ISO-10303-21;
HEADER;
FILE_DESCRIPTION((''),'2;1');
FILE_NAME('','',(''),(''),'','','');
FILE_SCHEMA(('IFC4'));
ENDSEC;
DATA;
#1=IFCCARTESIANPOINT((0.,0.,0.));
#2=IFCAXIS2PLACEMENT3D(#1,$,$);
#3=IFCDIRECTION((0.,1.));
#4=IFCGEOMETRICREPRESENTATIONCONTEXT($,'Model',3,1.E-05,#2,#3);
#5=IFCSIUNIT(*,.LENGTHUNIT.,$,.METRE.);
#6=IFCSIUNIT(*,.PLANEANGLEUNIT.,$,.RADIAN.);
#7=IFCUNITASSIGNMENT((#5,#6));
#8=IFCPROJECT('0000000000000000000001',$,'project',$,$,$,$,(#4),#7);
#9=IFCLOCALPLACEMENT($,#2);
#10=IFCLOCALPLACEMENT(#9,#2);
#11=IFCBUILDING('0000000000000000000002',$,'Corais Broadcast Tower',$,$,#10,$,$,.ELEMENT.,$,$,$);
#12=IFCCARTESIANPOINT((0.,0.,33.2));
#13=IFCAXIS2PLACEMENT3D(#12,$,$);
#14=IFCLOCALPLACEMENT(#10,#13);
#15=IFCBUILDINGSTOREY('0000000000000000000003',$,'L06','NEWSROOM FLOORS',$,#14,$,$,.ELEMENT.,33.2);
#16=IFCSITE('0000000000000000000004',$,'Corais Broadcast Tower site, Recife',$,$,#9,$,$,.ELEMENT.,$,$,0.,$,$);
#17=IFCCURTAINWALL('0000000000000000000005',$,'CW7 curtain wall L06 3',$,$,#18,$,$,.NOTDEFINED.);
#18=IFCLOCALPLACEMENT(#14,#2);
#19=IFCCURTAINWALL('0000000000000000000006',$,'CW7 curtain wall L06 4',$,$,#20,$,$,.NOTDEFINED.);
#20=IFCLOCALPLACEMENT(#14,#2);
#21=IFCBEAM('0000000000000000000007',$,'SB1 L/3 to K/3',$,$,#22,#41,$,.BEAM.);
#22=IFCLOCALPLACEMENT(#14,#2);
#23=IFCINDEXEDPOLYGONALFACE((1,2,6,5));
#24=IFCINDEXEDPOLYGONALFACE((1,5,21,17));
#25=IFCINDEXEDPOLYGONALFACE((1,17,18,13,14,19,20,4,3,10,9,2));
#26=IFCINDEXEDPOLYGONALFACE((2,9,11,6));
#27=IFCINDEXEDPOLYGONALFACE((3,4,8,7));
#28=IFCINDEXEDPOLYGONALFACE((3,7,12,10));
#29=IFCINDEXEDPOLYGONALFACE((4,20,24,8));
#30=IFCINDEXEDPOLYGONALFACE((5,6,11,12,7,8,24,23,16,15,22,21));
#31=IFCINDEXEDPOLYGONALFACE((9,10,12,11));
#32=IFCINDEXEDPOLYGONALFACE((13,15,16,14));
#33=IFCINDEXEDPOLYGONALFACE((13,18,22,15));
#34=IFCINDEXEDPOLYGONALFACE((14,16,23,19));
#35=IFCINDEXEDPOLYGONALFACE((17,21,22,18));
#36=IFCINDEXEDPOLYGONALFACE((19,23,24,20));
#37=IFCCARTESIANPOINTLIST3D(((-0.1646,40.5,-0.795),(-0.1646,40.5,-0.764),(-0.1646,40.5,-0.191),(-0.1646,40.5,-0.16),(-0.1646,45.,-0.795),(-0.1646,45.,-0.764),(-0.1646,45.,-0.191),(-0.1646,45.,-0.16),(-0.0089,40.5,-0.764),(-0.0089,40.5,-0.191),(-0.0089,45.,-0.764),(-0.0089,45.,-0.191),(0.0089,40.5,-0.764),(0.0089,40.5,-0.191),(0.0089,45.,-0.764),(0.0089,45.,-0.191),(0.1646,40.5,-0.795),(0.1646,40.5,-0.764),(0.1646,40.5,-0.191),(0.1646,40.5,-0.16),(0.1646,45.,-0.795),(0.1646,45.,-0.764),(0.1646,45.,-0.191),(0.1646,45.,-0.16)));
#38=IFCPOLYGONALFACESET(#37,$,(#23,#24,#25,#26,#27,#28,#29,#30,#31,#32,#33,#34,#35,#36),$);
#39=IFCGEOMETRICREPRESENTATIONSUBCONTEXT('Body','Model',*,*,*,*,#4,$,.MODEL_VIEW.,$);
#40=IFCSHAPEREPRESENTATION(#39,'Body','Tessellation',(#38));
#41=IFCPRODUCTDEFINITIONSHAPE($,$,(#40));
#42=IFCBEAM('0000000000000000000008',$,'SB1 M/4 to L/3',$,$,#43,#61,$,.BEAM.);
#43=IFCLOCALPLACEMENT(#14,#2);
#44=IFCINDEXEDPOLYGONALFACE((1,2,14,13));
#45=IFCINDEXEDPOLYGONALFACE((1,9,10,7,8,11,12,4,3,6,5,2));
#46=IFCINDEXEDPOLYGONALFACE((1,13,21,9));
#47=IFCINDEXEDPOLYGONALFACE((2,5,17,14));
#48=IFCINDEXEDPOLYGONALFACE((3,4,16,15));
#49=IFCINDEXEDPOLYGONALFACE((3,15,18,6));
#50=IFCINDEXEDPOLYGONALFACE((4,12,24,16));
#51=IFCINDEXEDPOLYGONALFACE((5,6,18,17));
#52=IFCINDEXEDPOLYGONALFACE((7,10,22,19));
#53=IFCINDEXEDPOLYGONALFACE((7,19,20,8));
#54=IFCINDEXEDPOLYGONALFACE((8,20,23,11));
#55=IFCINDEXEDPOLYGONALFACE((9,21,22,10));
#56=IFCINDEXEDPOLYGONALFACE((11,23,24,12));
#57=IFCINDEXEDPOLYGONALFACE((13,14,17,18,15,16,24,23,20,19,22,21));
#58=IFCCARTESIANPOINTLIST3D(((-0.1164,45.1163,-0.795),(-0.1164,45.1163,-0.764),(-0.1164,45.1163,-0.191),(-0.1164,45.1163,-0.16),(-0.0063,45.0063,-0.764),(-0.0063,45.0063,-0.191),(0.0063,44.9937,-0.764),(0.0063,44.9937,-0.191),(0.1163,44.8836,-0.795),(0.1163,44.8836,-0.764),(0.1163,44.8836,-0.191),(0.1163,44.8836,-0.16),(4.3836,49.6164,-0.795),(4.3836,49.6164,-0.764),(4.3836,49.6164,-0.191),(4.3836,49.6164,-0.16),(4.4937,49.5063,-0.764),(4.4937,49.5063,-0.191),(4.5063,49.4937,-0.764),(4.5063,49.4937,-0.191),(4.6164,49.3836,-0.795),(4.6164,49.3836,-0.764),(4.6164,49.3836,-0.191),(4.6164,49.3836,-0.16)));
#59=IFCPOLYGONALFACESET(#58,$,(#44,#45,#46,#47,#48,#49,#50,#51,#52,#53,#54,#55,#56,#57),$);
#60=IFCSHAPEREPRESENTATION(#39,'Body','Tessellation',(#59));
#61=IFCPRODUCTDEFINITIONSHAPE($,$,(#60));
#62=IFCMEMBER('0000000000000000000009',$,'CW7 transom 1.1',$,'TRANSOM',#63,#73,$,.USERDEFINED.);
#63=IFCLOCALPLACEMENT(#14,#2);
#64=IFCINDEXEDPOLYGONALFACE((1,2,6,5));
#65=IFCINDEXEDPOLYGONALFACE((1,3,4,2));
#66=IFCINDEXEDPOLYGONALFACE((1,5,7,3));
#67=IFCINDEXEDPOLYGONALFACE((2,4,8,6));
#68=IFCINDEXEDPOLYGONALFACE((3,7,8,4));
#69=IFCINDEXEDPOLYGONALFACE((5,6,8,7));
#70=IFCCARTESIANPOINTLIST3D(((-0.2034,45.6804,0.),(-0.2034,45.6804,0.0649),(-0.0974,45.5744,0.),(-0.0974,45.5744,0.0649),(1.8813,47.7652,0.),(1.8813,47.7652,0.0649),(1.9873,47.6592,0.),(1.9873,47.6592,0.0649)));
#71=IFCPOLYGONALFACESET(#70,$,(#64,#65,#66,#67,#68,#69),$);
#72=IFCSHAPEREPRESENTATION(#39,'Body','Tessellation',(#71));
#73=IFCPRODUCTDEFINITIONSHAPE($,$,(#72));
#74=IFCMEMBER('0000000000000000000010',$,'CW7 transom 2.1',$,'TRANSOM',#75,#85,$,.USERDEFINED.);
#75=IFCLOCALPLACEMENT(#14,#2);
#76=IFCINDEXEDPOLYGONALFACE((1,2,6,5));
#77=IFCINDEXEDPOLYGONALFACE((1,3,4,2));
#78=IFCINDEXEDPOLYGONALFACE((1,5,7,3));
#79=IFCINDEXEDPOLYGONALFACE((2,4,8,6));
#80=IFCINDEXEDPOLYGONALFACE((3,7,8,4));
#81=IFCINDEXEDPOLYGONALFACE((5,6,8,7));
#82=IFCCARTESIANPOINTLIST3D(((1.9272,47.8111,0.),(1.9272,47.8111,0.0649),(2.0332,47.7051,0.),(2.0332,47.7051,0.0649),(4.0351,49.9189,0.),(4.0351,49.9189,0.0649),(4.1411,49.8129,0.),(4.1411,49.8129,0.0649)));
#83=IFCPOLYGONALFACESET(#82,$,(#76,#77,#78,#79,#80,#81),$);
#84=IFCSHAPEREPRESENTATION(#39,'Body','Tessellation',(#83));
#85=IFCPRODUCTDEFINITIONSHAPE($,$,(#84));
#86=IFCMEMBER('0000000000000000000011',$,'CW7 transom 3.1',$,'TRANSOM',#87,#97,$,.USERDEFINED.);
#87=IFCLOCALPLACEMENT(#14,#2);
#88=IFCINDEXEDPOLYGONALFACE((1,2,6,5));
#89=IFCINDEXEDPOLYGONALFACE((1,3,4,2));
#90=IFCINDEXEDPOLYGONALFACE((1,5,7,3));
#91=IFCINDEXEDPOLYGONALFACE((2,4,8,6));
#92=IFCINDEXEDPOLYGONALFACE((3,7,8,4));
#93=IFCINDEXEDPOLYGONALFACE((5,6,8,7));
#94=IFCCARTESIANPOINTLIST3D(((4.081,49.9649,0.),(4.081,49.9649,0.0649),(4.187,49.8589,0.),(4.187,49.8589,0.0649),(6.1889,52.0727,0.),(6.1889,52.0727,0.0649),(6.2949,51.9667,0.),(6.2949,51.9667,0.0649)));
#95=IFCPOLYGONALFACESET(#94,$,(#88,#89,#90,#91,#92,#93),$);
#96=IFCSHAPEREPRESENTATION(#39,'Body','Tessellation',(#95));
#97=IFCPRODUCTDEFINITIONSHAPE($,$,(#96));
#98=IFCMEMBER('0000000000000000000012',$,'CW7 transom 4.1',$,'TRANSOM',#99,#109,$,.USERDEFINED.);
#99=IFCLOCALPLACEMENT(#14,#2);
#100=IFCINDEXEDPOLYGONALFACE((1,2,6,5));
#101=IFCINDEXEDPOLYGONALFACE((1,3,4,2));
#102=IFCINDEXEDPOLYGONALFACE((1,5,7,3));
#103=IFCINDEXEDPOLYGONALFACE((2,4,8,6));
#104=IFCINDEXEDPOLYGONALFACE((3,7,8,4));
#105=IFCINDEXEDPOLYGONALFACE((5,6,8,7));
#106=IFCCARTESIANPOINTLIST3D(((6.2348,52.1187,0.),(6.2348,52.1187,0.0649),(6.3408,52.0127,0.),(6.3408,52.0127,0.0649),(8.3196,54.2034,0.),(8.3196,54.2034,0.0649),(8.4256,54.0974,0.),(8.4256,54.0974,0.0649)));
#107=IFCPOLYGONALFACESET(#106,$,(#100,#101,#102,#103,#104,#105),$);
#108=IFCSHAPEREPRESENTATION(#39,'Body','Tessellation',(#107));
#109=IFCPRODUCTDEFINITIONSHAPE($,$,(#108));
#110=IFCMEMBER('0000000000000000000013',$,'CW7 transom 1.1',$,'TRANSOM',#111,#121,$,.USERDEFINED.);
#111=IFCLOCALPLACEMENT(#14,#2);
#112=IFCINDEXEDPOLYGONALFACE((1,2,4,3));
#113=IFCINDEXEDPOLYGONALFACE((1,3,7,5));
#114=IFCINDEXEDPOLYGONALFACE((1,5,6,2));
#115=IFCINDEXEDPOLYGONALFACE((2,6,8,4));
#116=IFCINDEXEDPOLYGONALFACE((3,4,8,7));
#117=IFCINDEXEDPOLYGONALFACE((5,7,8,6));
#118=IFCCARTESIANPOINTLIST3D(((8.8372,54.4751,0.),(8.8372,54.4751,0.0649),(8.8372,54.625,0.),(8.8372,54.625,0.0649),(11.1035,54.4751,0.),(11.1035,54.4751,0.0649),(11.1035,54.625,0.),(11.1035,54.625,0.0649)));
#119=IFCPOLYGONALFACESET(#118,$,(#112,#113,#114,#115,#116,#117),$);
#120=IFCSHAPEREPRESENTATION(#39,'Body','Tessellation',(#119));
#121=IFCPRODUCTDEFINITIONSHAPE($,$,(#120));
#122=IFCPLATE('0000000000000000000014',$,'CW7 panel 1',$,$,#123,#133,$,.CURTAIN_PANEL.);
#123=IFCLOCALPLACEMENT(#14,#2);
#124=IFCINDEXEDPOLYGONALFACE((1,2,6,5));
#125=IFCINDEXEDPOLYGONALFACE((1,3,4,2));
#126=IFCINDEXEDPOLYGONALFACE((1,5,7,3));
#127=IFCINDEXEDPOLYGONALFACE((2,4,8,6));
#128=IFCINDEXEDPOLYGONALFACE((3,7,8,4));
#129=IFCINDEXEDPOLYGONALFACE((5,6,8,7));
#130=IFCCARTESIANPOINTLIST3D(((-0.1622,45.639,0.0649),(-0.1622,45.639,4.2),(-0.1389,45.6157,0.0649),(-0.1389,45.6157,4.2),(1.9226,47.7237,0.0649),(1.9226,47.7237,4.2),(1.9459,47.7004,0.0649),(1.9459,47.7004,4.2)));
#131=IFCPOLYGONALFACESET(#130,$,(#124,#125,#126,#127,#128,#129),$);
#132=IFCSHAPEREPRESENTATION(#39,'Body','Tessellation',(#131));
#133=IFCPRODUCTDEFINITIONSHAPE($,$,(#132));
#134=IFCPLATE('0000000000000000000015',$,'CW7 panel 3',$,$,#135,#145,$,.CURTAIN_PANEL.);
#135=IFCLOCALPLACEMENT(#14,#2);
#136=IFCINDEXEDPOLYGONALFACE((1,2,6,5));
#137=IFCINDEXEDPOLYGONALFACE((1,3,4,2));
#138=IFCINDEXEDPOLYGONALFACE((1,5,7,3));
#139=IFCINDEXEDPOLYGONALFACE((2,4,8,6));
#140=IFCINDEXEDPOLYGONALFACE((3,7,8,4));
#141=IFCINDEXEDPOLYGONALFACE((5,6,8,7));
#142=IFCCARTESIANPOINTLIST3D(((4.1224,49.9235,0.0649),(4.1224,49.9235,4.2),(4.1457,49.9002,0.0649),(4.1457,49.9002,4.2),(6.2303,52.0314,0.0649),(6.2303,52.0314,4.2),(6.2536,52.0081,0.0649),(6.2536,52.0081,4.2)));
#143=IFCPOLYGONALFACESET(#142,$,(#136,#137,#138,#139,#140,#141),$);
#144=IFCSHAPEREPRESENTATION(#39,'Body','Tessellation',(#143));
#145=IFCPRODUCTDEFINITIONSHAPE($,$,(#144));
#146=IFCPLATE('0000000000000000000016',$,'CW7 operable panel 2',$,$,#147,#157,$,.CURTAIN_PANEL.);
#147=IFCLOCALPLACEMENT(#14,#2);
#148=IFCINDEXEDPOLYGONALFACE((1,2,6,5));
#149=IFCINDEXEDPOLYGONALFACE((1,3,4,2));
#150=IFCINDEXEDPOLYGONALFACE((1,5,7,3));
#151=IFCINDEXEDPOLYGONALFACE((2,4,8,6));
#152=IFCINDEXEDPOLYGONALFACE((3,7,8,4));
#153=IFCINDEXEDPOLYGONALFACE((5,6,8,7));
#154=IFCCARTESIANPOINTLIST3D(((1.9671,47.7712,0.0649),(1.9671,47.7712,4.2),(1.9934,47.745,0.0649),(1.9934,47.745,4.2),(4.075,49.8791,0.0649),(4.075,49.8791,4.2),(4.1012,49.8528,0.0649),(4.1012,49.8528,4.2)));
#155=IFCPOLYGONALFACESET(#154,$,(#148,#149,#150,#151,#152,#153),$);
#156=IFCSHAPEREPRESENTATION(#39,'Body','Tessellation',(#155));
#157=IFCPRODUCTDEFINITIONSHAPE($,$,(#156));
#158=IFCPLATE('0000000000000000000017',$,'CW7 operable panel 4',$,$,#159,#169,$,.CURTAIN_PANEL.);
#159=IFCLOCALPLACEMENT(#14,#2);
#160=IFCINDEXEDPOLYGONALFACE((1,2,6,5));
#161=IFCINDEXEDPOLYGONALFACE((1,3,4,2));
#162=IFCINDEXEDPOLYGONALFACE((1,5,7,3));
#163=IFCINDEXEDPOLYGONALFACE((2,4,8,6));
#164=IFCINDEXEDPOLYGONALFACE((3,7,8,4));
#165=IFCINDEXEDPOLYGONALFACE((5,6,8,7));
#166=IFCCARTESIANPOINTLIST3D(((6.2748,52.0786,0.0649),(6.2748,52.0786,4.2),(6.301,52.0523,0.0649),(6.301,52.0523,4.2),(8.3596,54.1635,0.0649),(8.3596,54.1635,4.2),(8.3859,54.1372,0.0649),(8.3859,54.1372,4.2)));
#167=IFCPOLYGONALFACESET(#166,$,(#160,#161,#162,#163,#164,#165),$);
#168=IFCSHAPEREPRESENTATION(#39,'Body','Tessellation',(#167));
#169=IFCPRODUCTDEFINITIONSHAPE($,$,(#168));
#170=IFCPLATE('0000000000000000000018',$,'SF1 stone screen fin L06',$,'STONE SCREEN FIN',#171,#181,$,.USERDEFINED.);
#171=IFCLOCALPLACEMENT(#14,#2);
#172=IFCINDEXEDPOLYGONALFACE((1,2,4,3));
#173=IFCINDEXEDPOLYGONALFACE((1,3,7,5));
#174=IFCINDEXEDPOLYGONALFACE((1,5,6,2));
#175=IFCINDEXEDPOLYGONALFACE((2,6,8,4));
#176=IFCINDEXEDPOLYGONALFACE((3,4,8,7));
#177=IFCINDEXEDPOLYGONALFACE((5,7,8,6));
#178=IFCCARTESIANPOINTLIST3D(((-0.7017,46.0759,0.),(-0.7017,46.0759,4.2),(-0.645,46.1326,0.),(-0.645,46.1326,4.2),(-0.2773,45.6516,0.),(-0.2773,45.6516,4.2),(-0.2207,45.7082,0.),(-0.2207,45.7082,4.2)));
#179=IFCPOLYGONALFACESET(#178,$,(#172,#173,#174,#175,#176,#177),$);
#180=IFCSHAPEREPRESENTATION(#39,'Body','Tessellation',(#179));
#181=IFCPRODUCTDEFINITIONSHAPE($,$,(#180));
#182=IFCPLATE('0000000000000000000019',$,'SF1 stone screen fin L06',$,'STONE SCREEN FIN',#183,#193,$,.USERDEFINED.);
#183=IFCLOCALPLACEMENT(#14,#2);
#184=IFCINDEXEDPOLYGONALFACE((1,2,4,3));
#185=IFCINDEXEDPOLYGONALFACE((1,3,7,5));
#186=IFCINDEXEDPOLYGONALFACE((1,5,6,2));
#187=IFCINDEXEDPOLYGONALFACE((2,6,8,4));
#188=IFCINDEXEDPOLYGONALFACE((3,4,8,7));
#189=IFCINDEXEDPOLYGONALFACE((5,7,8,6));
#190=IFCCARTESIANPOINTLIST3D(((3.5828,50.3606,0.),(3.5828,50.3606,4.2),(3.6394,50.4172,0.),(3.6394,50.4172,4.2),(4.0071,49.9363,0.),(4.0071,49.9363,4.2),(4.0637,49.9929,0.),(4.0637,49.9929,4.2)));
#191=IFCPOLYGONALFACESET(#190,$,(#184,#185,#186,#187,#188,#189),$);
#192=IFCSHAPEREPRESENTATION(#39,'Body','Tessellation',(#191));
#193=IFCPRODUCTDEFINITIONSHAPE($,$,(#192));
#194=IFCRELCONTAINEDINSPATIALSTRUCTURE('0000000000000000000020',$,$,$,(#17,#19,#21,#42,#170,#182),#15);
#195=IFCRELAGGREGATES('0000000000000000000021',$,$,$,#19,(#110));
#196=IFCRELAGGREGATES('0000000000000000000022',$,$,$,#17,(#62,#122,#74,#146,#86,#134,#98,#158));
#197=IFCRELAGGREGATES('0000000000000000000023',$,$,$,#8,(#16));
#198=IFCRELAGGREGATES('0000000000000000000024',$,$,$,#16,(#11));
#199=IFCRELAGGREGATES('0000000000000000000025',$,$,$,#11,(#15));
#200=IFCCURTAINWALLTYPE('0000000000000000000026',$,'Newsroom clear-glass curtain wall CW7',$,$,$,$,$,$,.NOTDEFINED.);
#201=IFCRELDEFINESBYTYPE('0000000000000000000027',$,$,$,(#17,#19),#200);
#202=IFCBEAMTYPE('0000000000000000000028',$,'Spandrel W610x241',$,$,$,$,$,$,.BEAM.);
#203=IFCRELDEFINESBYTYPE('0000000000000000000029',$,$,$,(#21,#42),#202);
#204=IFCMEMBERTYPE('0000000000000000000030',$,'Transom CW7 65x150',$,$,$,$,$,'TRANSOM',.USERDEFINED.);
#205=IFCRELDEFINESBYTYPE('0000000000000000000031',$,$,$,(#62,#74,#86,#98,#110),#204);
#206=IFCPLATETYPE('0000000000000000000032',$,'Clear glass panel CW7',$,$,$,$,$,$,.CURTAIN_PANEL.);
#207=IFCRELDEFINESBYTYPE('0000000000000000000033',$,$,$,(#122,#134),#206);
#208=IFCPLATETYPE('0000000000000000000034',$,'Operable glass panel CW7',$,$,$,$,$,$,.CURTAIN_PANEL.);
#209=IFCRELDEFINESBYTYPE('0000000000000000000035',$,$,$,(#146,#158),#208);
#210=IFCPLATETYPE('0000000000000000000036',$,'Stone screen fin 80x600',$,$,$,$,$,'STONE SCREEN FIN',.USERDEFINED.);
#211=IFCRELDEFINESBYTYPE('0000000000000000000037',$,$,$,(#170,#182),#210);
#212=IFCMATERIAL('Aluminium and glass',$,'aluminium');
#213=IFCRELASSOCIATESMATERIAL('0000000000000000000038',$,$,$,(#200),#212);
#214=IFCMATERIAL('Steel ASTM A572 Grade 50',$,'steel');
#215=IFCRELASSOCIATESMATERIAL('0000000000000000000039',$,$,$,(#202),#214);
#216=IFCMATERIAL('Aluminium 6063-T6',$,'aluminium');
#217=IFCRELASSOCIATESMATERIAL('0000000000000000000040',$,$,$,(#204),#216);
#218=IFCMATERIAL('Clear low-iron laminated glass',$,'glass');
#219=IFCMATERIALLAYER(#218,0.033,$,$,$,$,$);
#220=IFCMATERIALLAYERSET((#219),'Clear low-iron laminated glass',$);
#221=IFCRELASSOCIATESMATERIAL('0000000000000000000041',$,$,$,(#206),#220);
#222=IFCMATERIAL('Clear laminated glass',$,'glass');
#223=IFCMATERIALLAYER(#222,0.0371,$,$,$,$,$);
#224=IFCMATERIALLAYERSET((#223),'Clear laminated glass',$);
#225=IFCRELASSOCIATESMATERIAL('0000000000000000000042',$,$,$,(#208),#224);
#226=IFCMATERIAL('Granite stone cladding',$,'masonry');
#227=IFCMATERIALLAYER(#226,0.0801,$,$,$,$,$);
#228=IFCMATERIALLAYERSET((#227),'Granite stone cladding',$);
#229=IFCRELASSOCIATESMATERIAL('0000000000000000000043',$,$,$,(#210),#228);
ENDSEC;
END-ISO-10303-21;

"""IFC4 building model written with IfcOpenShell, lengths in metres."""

from ifc_helpers import new_model, si_unit, direction, frame, origin, origin_2d, place, context, subcontext, project, spatial, rectangle, i_section, extrude, material, layer, layer_set, material_profile, profile_set, type_object, element, aggregate, save


model = new_model("IFC4")

# Units and contexts
model_context = context("Model", 3, precision=1e-05, world=origin(), true_north=direction((0.0, 1.0)))
body_context = subcontext(model_context, "Body", "Model", "MODEL_VIEW")
ifc_project = project(units=[si_unit("LENGTHUNIT", "METRE"), si_unit("PLANEANGLEUNIT", "RADIAN")], contexts=[model_context])

# Site, building, storey
site_placement = place(None, origin())
site = spatial("IfcSite", under=ifc_project, at=site_placement, Name="Corais Broadcast Tower site, Recife", CompositionType="ELEMENT", RefElevation=0.0)
building_placement = place(site_placement, origin())
building = spatial("IfcBuilding", under=site, at=building_placement, Name="Corais Broadcast Tower", CompositionType="ELEMENT")
storey_placement = place(building_placement, frame((0.0, 0.0, 33.2)))
storey = spatial("IfcBuildingStorey", under=building, at=storey_placement, Name="L06", Description="NEWSROOM FLOORS", CompositionType="ELEMENT", Elevation=33.2)

# Shared definitions
ifc_material_1 = material(Name="Aluminium and glass", Category="aluminium")
curtain_wall_type = type_object("IfcCurtainWallType", Name="Newsroom clear-glass curtain wall CW7", PredefinedType="NOTDEFINED", material=ifc_material_1)

# Curtain wall
curtain_wall_1_placement = place(storey_placement, origin())
curtain_wall_1 = element("IfcCurtainWall", 1, at=curtain_wall_1_placement, inside=storey, type_object=curtain_wall_type, Name="CW7 curtain wall L06 3", PredefinedType="NOTDEFINED")

# Curtain wall
curtain_wall_2_placement = place(storey_placement, origin())
curtain_wall_2 = element("IfcCurtainWall", 2, at=curtain_wall_2_placement, inside=storey, type_object=curtain_wall_type, Name="CW7 curtain wall L06 4", PredefinedType="NOTDEFINED")

# Beams
ifc_material_2 = material(Name="Steel ASTM A572 Grade 50", Category="steel")
ifc_material_profile_1 = material_profile(ifc_material_2, i_section(OverallWidth=0.3291, OverallDepth=0.635, WebThickness=0.0178, FlangeThickness=0.031, at=origin_2d()), Name="W610x241")
ifc_profile_set_1 = profile_set([ifc_material_profile_1], Name="Steel ASTM A572 Grade 50")
beam_type_1 = type_object("IfcBeamType", Name="Spandrel W610x241", PredefinedType="BEAM", material=ifc_profile_set_1)
beam_1_placement = place(storey_placement, frame((0.0, 45.0, -0.4775), z_axis=(0.0, -1.0, 0.0), x_axis=(1.0, 0.0, 0.0)))
element("IfcBeam", 3, at=beam_1_placement, inside=storey, type_object=beam_type_1, Name="SB1 L/3 to K/3", PredefinedType="BEAM", context=body_context, shape_type="SweptSolid", body=[
    extrude(i_section(OverallWidth=0.3291, OverallDepth=0.635, WebThickness=0.0178, FlangeThickness=0.031, at=origin_2d()), origin(), (0.0, 0.0, 1.0), 4.5),
])
beam_2_placement = place(storey_placement, frame((4.5, 49.5, -0.4775), z_axis=(-0.707107, -0.707107, 0.0), x_axis=(0.707107, -0.707107, 0.0)))
element("IfcBeam", 4, at=beam_2_placement, inside=storey, type_object=beam_type_1, Name="SB1 M/4 to L/3", PredefinedType="BEAM", context=body_context, shape_type="SweptSolid", body=[
    extrude(i_section(OverallWidth=0.3291, OverallDepth=0.635, WebThickness=0.0178, FlangeThickness=0.031, at=origin_2d()), origin(), (0.0, 0.0, 1.0), 6.364),
])

# Members
ifc_material_3 = material(Name="Aluminium 6063-T6", Category="aluminium")
ifc_material_profile_2 = material_profile(ifc_material_3, rectangle(XDim=0.1499, YDim=0.0649, at=origin_2d()), Name="Transom CW7 65x150")
ifc_profile_set_2 = profile_set([ifc_material_profile_2], Name="Aluminium 6063-T6")
member_type_1 = type_object("IfcMemberType", Name="Transom CW7 65x150", ElementType="TRANSOM", PredefinedType="USERDEFINED", material=ifc_profile_set_2)
member_1_placement = place(storey_placement, frame((-0.1504, 45.6274, 0.0325), z_axis=(0.707107, 0.707107, 0.0), x_axis=(-0.707107, 0.707107, 0.0)))
member_1 = element("IfcMember", 5, at=member_1_placement, type_object=member_type_1, Name="CW7 transom 1.1", ObjectType="TRANSOM", PredefinedType="USERDEFINED", context=body_context, shape_type="SweptSolid", body=[
    extrude(rectangle(XDim=0.1499, YDim=0.0649, at=origin_2d()), origin(), (0.0, 0.0, 1.0), 2.9482),
])
member_2_placement = place(storey_placement, frame((1.9802, 47.7581, 0.0325), z_axis=(0.707107, 0.707107, 0.0), x_axis=(-0.707107, 0.707107, 0.0)))
member_2 = element("IfcMember", 6, at=member_2_placement, type_object=member_type_1, Name="CW7 transom 2.1", ObjectType="TRANSOM", PredefinedType="USERDEFINED", context=body_context, shape_type="SweptSolid", body=[
    extrude(rectangle(XDim=0.1499, YDim=0.0649, at=origin_2d()), origin(), (0.0, 0.0, 1.0), 2.981),
])
member_3_placement = place(storey_placement, frame((4.134, 49.9119, 0.0325), z_axis=(0.707107, 0.707107, 0.0), x_axis=(-0.707107, 0.707107, 0.0)))
member_3 = element("IfcMember", 7, at=member_3_placement, type_object=member_type_1, Name="CW7 transom 3.1", ObjectType="TRANSOM", PredefinedType="USERDEFINED", context=body_context, shape_type="SweptSolid", body=[
    extrude(rectangle(XDim=0.1499, YDim=0.0649, at=origin_2d()), origin(), (0.0, 0.0, 1.0), 2.981),
])
member_4_placement = place(storey_placement, frame((6.2878, 52.0657, 0.0325), z_axis=(0.707107, 0.707107, 0.0), x_axis=(-0.707107, 0.707107, 0.0)))
member_4 = element("IfcMember", 8, at=member_4_placement, type_object=member_type_1, Name="CW7 transom 4.1", ObjectType="TRANSOM", PredefinedType="USERDEFINED", context=body_context, shape_type="SweptSolid", body=[
    extrude(rectangle(XDim=0.1499, YDim=0.0649, at=origin_2d()), origin(), (0.0, 0.0, 1.0), 2.9482),
])
member_5_placement = place(storey_placement, frame((8.8372, 54.55, 0.0325), z_axis=(1.0, 0.0, 0.0), x_axis=(0.0, 1.0, 0.0)))
member_5 = element("IfcMember", 9, at=member_5_placement, type_object=member_type_1, Name="CW7 transom 1.1", ObjectType="TRANSOM", PredefinedType="USERDEFINED", context=body_context, shape_type="SweptSolid", body=[
    extrude(rectangle(XDim=0.1499, YDim=0.0649, at=origin_2d()), origin(), (0.0, 0.0, 1.0), 2.2664),
])
aggregate(curtain_wall_2, [member_5])

# Plates
ifc_material_4 = material(Name="Clear low-iron laminated glass", Category="glass")
ifc_layer_1 = layer(ifc_material_4, 0.033)
ifc_layer_set_1 = layer_set([ifc_layer_1], Name="Clear low-iron laminated glass")
plate_type_1 = type_object("IfcPlateType", Name="Clear glass panel CW7", PredefinedType="CURTAIN_PANEL", material=ifc_layer_set_1)
plate_1_placement = place(storey_placement, frame((0.8918, 46.6697, 0.0649), z_axis=(0.0, 0.0, 1.0), x_axis=(0.707107, 0.707107, 0.0)))
plate_1 = element("IfcPlate", 10, at=plate_1_placement, type_object=plate_type_1, Name="CW7 panel 1", PredefinedType="CURTAIN_PANEL", context=body_context, shape_type="SweptSolid", body=[
    extrude(rectangle(XDim=2.9482, YDim=0.033, at=origin_2d()), origin(), (0.0, 0.0, 1.0), 4.135),
])
plate_2_placement = place(storey_placement, frame((5.188, 50.9658, 0.0649), z_axis=(0.0, 0.0, 1.0), x_axis=(0.707107, 0.707107, 0.0)))
plate_2 = element("IfcPlate", 11, at=plate_2_placement, type_object=plate_type_1, Name="CW7 panel 3", PredefinedType="CURTAIN_PANEL", context=body_context, shape_type="SweptSolid", body=[
    extrude(rectangle(XDim=2.981, YDim=0.033, at=origin_2d()), origin(), (0.0, 0.0, 1.0), 4.135),
])
ifc_material_5 = material(Name="Clear laminated glass", Category="glass")
ifc_layer_2 = layer(ifc_material_5, 0.0371)
ifc_layer_set_2 = layer_set([ifc_layer_2], Name="Clear laminated glass")
plate_type_2 = type_object("IfcPlateType", Name="Operable glass panel CW7", PredefinedType="CURTAIN_PANEL", material=ifc_layer_set_2)
plate_3_placement = place(storey_placement, frame((3.0342, 48.812, 0.0649), z_axis=(0.0, 0.0, 1.0), x_axis=(0.707107, 0.707107, 0.0)))
plate_3 = element("IfcPlate", 12, at=plate_3_placement, type_object=plate_type_2, Name="CW7 operable panel 2", PredefinedType="CURTAIN_PANEL", context=body_context, shape_type="SweptSolid", body=[
    extrude(rectangle(XDim=2.981, YDim=0.0371, at=origin_2d()), origin(), (0.0, 0.0, 1.0), 4.135),
])
plate_4_placement = place(storey_placement, frame((7.3303, 53.1079, 0.0649), z_axis=(0.0, 0.0, 1.0), x_axis=(0.707107, 0.707107, 0.0)))
plate_4 = element("IfcPlate", 13, at=plate_4_placement, type_object=plate_type_2, Name="CW7 operable panel 4", PredefinedType="CURTAIN_PANEL", context=body_context, shape_type="SweptSolid", body=[
    extrude(rectangle(XDim=2.9485, YDim=0.0371, at=origin_2d()), origin(), (0.0, 0.0, 1.0), 4.135),
])
aggregate(curtain_wall_1, [member_1, plate_1, member_2, plate_3, member_3, plate_2, member_4, plate_4])

# Plates
ifc_material_6 = material(Name="Granite stone cladding", Category="masonry")
ifc_layer_3 = layer(ifc_material_6, 0.0801)
ifc_layer_set_3 = layer_set([ifc_layer_3], Name="Granite stone cladding")
plate_type_3 = type_object("IfcPlateType", Name="Stone screen fin 80x600", ElementType="STONE SCREEN FIN", PredefinedType="USERDEFINED", material=ifc_layer_set_3)
for number, where, z_axis, x_axis, name in (
    (14, (-0.4612, 45.8921, 0.0), (0.0, 0.0, 1.0), (0.707107, 0.707107, 0.0), "SF1 stone screen fin L06"),
    (15, (3.8232, 50.1768, 0.0), (0.0, 0.0, 1.0), (0.707107, 0.707107, 0.0), "SF1 stone screen fin L06"),
):
    element("IfcPlate", number, at=place(storey_placement, frame(where, z_axis=z_axis, x_axis=x_axis)), inside=storey, type_object=plate_type_3, Name=name, ObjectType="STONE SCREEN FIN", PredefinedType="USERDEFINED", context=body_context, shape_type="SweptSolid", body=[
        extrude(rectangle(XDim=0.0801, YDim=0.6001, at=origin_2d()), origin(), (0.0, 0.0, 1.0), 4.2),
    ])

save(model, "model.ifc")
